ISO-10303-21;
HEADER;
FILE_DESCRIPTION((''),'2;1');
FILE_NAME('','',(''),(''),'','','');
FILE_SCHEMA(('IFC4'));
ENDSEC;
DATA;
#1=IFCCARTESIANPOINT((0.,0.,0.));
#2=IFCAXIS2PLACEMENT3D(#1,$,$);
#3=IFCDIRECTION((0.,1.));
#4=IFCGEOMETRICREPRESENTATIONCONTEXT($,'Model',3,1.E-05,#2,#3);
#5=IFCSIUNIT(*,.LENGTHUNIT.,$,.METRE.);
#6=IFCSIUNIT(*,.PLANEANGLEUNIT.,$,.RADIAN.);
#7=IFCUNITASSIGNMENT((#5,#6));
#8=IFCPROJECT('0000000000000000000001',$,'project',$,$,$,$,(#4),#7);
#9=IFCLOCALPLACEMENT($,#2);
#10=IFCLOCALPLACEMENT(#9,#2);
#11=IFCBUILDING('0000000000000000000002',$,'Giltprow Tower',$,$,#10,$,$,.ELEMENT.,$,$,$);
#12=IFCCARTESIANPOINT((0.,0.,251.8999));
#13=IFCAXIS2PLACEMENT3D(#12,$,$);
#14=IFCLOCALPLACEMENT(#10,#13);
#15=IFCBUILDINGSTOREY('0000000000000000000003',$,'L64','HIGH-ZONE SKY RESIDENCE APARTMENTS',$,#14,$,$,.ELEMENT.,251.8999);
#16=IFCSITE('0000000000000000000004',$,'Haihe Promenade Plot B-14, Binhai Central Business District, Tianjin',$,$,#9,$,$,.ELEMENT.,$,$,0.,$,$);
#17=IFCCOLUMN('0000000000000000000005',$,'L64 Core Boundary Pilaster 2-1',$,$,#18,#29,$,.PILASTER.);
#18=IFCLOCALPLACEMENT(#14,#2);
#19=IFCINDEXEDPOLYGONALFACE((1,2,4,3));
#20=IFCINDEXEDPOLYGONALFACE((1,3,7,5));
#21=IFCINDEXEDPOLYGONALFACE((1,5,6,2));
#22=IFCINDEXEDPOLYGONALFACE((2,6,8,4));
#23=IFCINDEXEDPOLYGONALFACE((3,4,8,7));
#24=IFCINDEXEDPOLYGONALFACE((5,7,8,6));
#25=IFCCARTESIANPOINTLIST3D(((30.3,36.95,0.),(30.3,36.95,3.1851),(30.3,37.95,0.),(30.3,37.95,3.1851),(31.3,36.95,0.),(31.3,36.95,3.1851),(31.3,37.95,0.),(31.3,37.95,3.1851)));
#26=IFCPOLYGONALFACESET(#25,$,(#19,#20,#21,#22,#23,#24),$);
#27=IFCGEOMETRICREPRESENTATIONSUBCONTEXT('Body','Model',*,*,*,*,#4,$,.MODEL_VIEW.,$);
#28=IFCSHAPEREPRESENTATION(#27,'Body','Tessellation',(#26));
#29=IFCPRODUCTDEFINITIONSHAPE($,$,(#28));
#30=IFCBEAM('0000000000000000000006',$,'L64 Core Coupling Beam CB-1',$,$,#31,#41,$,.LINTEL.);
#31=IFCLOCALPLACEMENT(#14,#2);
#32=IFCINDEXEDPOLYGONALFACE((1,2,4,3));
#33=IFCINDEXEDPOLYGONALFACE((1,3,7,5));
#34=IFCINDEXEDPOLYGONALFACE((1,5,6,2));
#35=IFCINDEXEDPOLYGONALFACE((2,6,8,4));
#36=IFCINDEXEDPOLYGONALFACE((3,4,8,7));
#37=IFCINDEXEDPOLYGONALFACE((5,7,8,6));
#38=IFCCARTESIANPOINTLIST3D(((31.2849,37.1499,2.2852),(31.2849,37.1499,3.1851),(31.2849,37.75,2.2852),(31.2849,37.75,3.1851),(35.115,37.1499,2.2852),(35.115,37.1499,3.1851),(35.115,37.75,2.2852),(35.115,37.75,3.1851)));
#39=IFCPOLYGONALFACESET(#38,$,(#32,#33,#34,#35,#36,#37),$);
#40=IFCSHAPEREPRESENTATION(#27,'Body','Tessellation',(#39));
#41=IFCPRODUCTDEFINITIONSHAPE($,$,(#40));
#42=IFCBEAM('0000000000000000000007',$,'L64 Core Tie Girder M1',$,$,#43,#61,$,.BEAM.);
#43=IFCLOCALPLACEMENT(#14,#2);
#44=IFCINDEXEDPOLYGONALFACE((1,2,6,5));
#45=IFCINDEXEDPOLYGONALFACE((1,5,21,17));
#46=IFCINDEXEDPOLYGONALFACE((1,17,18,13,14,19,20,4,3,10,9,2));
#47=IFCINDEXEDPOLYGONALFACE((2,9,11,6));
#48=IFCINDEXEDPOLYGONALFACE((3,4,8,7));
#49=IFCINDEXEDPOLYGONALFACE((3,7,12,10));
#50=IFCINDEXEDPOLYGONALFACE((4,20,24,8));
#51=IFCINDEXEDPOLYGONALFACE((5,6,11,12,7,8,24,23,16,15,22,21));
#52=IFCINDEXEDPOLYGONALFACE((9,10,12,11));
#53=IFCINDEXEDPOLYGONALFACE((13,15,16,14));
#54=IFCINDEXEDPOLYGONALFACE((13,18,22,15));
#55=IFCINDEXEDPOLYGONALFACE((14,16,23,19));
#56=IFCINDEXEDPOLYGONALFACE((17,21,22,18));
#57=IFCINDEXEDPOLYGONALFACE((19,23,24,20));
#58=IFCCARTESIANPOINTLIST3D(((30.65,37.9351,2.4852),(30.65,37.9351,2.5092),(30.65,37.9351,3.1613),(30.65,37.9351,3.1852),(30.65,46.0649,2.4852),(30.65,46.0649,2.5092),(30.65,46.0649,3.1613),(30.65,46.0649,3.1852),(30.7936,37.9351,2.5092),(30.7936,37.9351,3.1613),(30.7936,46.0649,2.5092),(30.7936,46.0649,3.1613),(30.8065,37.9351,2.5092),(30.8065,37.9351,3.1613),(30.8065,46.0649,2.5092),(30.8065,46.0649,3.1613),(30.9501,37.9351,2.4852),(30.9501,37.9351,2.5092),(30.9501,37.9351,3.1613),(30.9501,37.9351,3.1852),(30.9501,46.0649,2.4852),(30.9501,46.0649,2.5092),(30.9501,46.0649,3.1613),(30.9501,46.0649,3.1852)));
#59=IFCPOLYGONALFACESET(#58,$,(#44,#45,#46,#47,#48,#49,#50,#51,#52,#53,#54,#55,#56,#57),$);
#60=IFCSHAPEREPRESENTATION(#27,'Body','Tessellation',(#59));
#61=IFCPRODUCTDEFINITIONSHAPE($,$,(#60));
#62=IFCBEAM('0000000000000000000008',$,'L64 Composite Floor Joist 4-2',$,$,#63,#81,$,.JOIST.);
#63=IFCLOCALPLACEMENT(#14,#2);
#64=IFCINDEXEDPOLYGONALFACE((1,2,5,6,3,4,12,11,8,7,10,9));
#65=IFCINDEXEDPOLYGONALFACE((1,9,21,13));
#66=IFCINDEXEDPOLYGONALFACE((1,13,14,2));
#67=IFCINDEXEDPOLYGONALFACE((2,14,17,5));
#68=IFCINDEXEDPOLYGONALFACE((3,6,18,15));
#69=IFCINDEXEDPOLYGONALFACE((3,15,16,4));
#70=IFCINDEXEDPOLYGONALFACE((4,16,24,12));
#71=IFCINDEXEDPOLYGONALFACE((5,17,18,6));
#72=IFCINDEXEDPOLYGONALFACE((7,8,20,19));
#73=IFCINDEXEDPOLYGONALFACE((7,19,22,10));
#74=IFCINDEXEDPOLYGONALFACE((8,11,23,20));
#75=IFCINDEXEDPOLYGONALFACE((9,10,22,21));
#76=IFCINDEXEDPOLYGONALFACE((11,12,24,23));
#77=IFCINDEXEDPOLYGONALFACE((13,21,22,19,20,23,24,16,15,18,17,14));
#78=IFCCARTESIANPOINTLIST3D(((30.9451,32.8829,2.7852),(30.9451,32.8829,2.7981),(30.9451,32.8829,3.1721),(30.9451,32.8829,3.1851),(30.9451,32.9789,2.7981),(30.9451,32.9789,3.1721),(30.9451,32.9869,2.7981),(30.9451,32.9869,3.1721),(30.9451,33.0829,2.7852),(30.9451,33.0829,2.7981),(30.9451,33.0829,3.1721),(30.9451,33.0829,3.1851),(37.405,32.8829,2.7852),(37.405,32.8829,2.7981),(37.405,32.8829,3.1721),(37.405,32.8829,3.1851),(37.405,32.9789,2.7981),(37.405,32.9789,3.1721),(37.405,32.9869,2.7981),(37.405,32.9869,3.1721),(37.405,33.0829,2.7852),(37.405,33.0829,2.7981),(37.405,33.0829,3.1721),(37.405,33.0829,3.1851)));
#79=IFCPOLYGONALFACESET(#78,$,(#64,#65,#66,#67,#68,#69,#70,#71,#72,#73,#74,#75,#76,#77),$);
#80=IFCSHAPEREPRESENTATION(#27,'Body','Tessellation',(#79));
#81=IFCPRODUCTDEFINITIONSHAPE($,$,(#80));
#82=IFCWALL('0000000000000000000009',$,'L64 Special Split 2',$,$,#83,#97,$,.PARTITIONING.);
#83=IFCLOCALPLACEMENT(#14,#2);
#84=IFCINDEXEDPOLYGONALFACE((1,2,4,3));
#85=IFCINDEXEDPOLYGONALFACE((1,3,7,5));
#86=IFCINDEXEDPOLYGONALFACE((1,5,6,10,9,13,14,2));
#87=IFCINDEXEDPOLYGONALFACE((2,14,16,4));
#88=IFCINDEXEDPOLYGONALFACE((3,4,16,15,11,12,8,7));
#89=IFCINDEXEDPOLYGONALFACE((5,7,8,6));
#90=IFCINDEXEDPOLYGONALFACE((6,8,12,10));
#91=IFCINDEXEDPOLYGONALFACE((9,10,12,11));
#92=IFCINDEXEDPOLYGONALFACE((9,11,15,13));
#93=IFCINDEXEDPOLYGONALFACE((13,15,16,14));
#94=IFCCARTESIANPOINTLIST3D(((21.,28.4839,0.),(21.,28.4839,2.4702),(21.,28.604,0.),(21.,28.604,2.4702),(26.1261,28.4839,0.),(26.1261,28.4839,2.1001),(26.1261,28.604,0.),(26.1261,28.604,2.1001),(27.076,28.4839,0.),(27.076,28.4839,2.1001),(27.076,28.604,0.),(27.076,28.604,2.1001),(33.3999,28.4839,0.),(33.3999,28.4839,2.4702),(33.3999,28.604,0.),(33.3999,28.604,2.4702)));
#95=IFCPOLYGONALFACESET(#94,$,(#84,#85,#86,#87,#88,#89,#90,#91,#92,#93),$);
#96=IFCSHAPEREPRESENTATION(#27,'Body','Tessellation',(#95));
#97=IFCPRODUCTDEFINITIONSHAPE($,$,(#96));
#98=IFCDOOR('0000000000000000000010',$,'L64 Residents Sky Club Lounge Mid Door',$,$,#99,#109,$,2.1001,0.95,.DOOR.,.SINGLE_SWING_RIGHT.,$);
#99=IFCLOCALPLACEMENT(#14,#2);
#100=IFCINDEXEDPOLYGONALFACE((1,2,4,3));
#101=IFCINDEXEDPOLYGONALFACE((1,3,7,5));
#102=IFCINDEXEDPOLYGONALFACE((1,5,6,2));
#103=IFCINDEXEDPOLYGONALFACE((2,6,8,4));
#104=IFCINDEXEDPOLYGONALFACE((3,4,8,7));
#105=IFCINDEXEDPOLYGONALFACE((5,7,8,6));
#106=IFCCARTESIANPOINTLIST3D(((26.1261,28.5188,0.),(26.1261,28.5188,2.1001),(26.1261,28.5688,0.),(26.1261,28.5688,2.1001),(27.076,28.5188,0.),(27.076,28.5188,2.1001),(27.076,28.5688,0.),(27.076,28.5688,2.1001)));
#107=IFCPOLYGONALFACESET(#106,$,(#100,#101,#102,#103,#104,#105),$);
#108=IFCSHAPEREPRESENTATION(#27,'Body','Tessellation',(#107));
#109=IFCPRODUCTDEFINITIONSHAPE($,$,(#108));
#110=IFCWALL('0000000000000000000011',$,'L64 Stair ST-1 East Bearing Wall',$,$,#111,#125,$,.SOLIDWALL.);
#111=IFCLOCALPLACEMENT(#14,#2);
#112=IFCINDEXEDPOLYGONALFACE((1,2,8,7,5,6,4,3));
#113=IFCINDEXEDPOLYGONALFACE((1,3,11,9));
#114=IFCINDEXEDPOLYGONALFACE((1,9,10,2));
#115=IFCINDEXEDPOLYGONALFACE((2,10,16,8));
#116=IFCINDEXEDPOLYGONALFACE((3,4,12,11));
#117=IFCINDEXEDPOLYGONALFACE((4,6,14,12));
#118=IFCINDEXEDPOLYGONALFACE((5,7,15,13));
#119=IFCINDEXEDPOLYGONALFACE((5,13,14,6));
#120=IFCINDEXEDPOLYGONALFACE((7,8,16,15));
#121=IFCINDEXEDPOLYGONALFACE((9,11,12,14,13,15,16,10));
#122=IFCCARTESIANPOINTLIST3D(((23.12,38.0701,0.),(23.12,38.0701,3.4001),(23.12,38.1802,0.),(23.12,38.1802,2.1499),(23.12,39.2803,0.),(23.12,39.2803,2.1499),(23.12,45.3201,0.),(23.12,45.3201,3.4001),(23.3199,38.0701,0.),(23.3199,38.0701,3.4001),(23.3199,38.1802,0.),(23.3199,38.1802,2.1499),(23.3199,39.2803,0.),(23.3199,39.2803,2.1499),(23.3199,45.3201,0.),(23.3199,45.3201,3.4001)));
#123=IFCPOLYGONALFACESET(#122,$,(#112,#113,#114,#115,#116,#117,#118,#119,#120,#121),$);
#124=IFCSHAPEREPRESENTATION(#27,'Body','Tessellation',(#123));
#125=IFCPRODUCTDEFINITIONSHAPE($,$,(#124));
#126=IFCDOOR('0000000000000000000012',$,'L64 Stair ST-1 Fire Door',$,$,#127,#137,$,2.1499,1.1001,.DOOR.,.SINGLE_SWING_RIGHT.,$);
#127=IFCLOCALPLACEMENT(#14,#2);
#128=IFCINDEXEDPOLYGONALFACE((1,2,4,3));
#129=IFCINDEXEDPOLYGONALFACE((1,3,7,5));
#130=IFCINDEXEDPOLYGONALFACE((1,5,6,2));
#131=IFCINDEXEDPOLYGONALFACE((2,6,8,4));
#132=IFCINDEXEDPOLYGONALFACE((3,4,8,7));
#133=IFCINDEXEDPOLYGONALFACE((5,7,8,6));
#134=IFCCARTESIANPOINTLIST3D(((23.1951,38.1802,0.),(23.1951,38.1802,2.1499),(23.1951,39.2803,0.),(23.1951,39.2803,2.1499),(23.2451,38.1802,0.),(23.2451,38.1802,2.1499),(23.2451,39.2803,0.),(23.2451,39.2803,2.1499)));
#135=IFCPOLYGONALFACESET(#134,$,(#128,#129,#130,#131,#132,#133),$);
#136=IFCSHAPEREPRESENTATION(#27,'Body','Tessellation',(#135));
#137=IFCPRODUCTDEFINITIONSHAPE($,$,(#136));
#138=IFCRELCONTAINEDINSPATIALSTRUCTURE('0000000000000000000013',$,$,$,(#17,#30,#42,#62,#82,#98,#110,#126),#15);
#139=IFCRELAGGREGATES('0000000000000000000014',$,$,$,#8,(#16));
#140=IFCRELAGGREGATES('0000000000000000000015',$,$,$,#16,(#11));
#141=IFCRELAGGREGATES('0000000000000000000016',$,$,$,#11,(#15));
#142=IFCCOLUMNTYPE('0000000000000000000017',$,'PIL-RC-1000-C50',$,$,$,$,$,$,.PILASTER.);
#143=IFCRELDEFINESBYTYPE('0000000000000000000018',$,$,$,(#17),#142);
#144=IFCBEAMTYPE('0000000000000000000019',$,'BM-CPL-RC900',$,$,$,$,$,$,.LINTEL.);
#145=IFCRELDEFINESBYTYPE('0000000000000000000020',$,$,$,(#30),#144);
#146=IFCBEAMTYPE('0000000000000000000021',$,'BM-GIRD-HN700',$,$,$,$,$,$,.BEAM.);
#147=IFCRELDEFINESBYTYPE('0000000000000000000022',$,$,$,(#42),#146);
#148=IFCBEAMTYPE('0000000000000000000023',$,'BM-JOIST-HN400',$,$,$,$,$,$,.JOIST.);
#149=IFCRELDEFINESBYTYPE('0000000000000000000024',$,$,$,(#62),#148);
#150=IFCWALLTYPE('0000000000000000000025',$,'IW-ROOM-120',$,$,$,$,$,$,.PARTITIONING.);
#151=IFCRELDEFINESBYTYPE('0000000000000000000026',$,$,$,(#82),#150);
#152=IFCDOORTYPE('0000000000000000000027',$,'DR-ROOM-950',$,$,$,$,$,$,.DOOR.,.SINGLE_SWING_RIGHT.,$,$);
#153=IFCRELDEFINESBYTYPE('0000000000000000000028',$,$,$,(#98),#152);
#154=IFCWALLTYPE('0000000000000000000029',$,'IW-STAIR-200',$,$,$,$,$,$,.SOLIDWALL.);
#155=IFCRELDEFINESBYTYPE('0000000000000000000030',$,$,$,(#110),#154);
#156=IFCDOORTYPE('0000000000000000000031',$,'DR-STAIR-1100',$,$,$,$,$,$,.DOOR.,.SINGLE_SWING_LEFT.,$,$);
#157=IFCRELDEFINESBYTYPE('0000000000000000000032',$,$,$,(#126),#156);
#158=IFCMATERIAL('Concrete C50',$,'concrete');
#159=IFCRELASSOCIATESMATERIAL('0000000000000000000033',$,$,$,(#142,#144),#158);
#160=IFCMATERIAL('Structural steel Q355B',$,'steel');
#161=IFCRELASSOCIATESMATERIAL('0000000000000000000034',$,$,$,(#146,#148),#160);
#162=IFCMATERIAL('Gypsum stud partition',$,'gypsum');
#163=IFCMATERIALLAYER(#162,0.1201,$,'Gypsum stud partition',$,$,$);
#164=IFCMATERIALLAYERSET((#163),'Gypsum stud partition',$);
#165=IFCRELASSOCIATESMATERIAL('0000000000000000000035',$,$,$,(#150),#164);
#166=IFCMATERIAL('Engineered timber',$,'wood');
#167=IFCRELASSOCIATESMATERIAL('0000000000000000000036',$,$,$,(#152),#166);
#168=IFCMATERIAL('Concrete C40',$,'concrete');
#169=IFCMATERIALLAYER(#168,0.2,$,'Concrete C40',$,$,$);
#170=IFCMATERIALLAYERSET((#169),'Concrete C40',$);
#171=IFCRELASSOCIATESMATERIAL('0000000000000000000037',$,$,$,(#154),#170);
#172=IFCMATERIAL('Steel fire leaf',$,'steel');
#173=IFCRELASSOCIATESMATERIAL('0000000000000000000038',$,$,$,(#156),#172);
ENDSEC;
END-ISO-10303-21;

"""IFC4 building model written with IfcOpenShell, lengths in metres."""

from ifc_helpers import new_model, si_unit, direction, frame, frame_2d, origin, origin_2d, place, context, subcontext, project, spatial, rectangle, i_section, extrude, source, transform, mapped, material, layer, layer_set, material_profile, profile_set, type_object, element, fill, save


model = new_model("IFC4")

# Units and contexts
model_context = context("Model", 3, precision=1e-05, world=origin(), true_north=direction((0.0, 1.0)))
body_context = subcontext(model_context, "Body", "Model", "MODEL_VIEW")
ifc_project = project(units=[si_unit("LENGTHUNIT", "METRE"), si_unit("PLANEANGLEUNIT", "RADIAN")], contexts=[model_context])

# Site, building, storey
site_placement = place(None, origin())
site = spatial("IfcSite", under=ifc_project, at=site_placement, Name="Haihe Promenade Plot B-14, Binhai Central Business District, Tianjin", CompositionType="ELEMENT", RefElevation=0.0)
building_placement = place(site_placement, origin())
building = spatial("IfcBuilding", under=site, at=building_placement, Name="Giltprow Tower", CompositionType="ELEMENT")
storey_placement = place(building_placement, frame((0.0, 0.0, 251.8999)))
storey = spatial("IfcBuildingStorey", under=building, at=storey_placement, Name="L64", Description="HIGH-ZONE SKY RESIDENCE APARTMENTS", CompositionType="ELEMENT", Elevation=251.8999)

# Column
ifc_material_1 = material(Name="Concrete C50", Category="concrete")
ifc_material_profile_1 = material_profile(ifc_material_1, rectangle(XDim=1.0, YDim=1.0, at=origin_2d()), Name="RC 1000x1000")
ifc_profile_set_1 = profile_set([ifc_material_profile_1], Name="Concrete C50")
column_type = type_object("IfcColumnType", Name="PIL-RC-1000-C50", PredefinedType="PILASTER", material=ifc_profile_set_1)
shared_shape_1 = source(origin(), body_context, "Body", "SweptSolid", [
    extrude(rectangle(XDim=1.0, YDim=1.0, at=origin_2d()), origin(), (0.0, 0.0, 1.0), 3.1851),
])
column_placement = place(storey_placement, frame((30.8, 37.45, 0.0), z_axis=(0.0, 0.0, 1.0), x_axis=(1.0, 0.0, 0.0)))
element("IfcColumn", 1, at=column_placement, inside=storey, type_object=column_type, Name="L64 Core Boundary Pilaster 2-1", PredefinedType="PILASTER", context=body_context, shape_type="MappedRepresentation", body=[
    mapped(shared_shape_1, transform((0.0, 0.0, 0.0), x_axis=(1.0, 0.0, 0.0), y_axis=(0.0, 1.0, 0.0), z_axis=(0.0, 0.0, 1.0), scale=1.0)),
])

# Beams
ifc_material_profile_2 = material_profile(ifc_material_1, rectangle(XDim=0.6001, YDim=0.8999, at=origin_2d()), Name="RC 900x600")
ifc_profile_set_2 = profile_set([ifc_material_profile_2], Name="Concrete C50")
beam_type_1 = type_object("IfcBeamType", Name="BM-CPL-RC900", PredefinedType="LINTEL", material=ifc_profile_set_2)
shared_shape_2 = source(origin(), body_context, "Body", "SweptSolid", [
    extrude(rectangle(XDim=0.6001, YDim=0.8999, at=origin_2d()), origin(), (0.0, 0.0, 1.0), 3.8301),
])
beam_1_placement = place(storey_placement, frame((31.2849, 37.45, 2.7351), z_axis=(1.0, 0.0, 0.0), x_axis=(0.0, 1.0, 0.0)))
element("IfcBeam", 2, at=beam_1_placement, inside=storey, type_object=beam_type_1, Name="L64 Core Coupling Beam CB-1", PredefinedType="LINTEL", context=body_context, shape_type="MappedRepresentation", body=[
    mapped(shared_shape_2, transform((0.0, 0.0, 0.0), x_axis=(1.0, 0.0, 0.0), y_axis=(0.0, 1.0, 0.0), z_axis=(0.0, 0.0, 1.0), scale=1.0)),
])
ifc_material_2 = material(Name="Structural steel Q355B", Category="steel")
ifc_material_profile_3 = material_profile(ifc_material_2, i_section(OverallWidth=0.3, OverallDepth=0.7, WebThickness=0.0129, FlangeThickness=0.0239, at=origin_2d()), Name="HN 700x300x13x24")
ifc_profile_set_3 = profile_set([ifc_material_profile_3], Name="Structural steel Q355B")
beam_type_2 = type_object("IfcBeamType", Name="BM-GIRD-HN700", PredefinedType="BEAM", material=ifc_profile_set_3)
shared_shape_3 = source(origin(), body_context, "Body", "SweptSolid", [
    extrude(i_section(OverallWidth=0.3, OverallDepth=0.7, WebThickness=0.0129, FlangeThickness=0.0239, at=origin_2d()), origin(), (0.0, 0.0, 1.0), 8.1299),
])
beam_2_placement = place(storey_placement, frame((30.8, 37.9351, 2.8352), z_axis=(0.0, 1.0, 0.0), x_axis=(-1.0, 0.0, 0.0)))
element("IfcBeam", 3, at=beam_2_placement, inside=storey, type_object=beam_type_2, Name="L64 Core Tie Girder M1", PredefinedType="BEAM", context=body_context, shape_type="MappedRepresentation", body=[
    mapped(shared_shape_3, transform((0.0, 0.0, 0.0), x_axis=(1.0, 0.0, 0.0), y_axis=(0.0, 1.0, 0.0), z_axis=(0.0, 0.0, 1.0), scale=1.0)),
])
ifc_material_profile_4 = material_profile(ifc_material_2, i_section(OverallWidth=0.2, OverallDepth=0.3999, WebThickness=0.0081, FlangeThickness=0.0129, at=origin_2d()), Name="HN 400x200x8x13")
ifc_profile_set_4 = profile_set([ifc_material_profile_4], Name="Structural steel Q355B")
beam_type_3 = type_object("IfcBeamType", Name="BM-JOIST-HN400", PredefinedType="JOIST", material=ifc_profile_set_4)
shared_shape_4 = source(origin(), body_context, "Body", "SweptSolid", [
    extrude(i_section(OverallWidth=0.2, OverallDepth=0.3999, WebThickness=0.0081, FlangeThickness=0.0129, at=origin_2d()), origin(), (0.0, 0.0, 1.0), 6.46),
])
beam_3_placement = place(storey_placement, frame((30.9451, 32.9829, 2.9851), z_axis=(1.0, 0.0, 0.0), x_axis=(0.0, 1.0, 0.0)))
element("IfcBeam", 4, at=beam_3_placement, inside=storey, type_object=beam_type_3, Name="L64 Composite Floor Joist 4-2", PredefinedType="JOIST", context=body_context, shape_type="MappedRepresentation", body=[
    mapped(shared_shape_4, transform((0.0, 0.0, 0.0), x_axis=(1.0, 0.0, 0.0), y_axis=(0.0, 1.0, 0.0), z_axis=(0.0, 0.0, 1.0), scale=1.0)),
])

# Walls, openings, doors
ifc_material_3 = material(Name="Gypsum stud partition", Category="gypsum")
ifc_layer_1 = layer(ifc_material_3, 0.1201, Name="Gypsum stud partition")
ifc_layer_set_1 = layer_set([ifc_layer_1], Name="Gypsum stud partition")
wall_type_1 = type_object("IfcWallType", Name="IW-ROOM-120", PredefinedType="PARTITIONING", material=ifc_layer_set_1)
wall_1_placement = place(storey_placement, frame((21.0, 28.5439, 0.0), z_axis=(0.0, 0.0, 1.0), x_axis=(1.0, 0.0, 0.0)))
wall_1 = element("IfcWall", 5, at=wall_1_placement, inside=storey, type_object=wall_type_1, Name="L64 Special Split 2", PredefinedType="PARTITIONING", context=body_context, shape_type="SweptSolid", body=[
    extrude(rectangle(XDim=12.3999, YDim=0.1201, at=frame_2d((6.2, 0.0))), origin(), (0.0, 0.0, 1.0), 2.4702),
])
opening_1_placement = place(wall_1_placement, frame((5.126, 0.0, 0.0)))
opening_1 = element("IfcOpeningElement", 6, at=opening_1_placement, cuts=wall_1, PredefinedType="OPENING", context=body_context, shape_type="SweptSolid", body=[
    extrude(rectangle(XDim=0.95, YDim=2.1001, at=frame_2d((0.4751, 1.05))), frame((0.0, 0.0701, 0.0), z_axis=(0.0, -1.0, 0.0), x_axis=(1.0, 0.0, 0.0)), (0.0, 0.0, 1.0), 0.1401),
])
ifc_material_4 = material(Name="Engineered timber", Category="wood")
door_type_1 = type_object("IfcDoorType", Name="DR-ROOM-950", OperationType="SINGLE_SWING_RIGHT", PredefinedType="DOOR", material=ifc_material_4)
shared_shape_5 = source(origin(), body_context, "Body", "SweptSolid", [
    extrude(rectangle(XDim=0.95, YDim=2.1001, at=frame_2d((0.4751, 1.05))), frame((0.0, 0.0249, 0.0), z_axis=(0.0, -1.0, 0.0), x_axis=(1.0, 0.0, 0.0)), (0.0, 0.0, 1.0), 0.05),
])
door_1_placement = place(opening_1_placement, origin())
door_1 = element("IfcDoor", 7, at=door_1_placement, inside=storey, type_object=door_type_1, Name="L64 Residents Sky Club Lounge Mid Door", OperationType="SINGLE_SWING_RIGHT", OverallHeight=2.1001, OverallWidth=0.95, PredefinedType="DOOR", context=body_context, shape_type="MappedRepresentation", body=[
    mapped(shared_shape_5, transform((0.0, 0.0, 0.0), x_axis=(1.0, 0.0, 0.0), y_axis=(0.0, 1.0, 0.0), z_axis=(0.0, 0.0, 1.0), scale=1.0)),
])
fill(opening_1, door_1)
ifc_material_5 = material(Name="Concrete C40", Category="concrete")
ifc_layer_2 = layer(ifc_material_5, 0.2, Name="Concrete C40")
ifc_layer_set_2 = layer_set([ifc_layer_2], Name="Concrete C40")
wall_type_2 = type_object("IfcWallType", Name="IW-STAIR-200", PredefinedType="SOLIDWALL", material=ifc_layer_set_2)
wall_2_placement = place(storey_placement, frame((23.22, 38.0701, 0.0), z_axis=(0.0, 0.0, 1.0), x_axis=(0.0, 1.0, 0.0)))
wall_2 = element("IfcWall", 8, at=wall_2_placement, inside=storey, type_object=wall_type_2, Name="L64 Stair ST-1 East Bearing Wall", PredefinedType="SOLIDWALL", context=body_context, shape_type="SweptSolid", body=[
    extrude(rectangle(XDim=7.25, YDim=0.2, at=frame_2d((3.625, 0.0))), origin(), (0.0, 0.0, 1.0), 3.4001),
])
opening_2_placement = place(wall_2_placement, frame((0.1101, 0.0, 0.0)))
opening_2 = element("IfcOpeningElement", 9, at=opening_2_placement, cuts=wall_2, PredefinedType="OPENING", context=body_context, shape_type="SweptSolid", body=[
    extrude(rectangle(XDim=1.1001, YDim=2.1499, at=frame_2d((0.55, 1.075))), frame((0.0, 0.1099, 0.0), z_axis=(0.0, -1.0, 0.0), x_axis=(1.0, 0.0, 0.0)), (0.0, 0.0, 1.0), 0.22),
])
ifc_material_6 = material(Name="Steel fire leaf", Category="steel")
door_type_2 = type_object("IfcDoorType", Name="DR-STAIR-1100", OperationType="SINGLE_SWING_LEFT", PredefinedType="DOOR", material=ifc_material_6)
shared_shape_6 = source(origin(), body_context, "Body", "SweptSolid", [
    extrude(rectangle(XDim=1.1001, YDim=2.1499, at=frame_2d((0.55, 1.075))), frame((0.0, 0.0249, 0.0), z_axis=(0.0, -1.0, 0.0), x_axis=(1.0, 0.0, 0.0)), (0.0, 0.0, 1.0), 0.05),
])
door_2_placement = place(opening_2_placement, origin())
door_2 = element("IfcDoor", 10, at=door_2_placement, inside=storey, type_object=door_type_2, Name="L64 Stair ST-1 Fire Door", OperationType="SINGLE_SWING_RIGHT", OverallHeight=2.1499, OverallWidth=1.1001, PredefinedType="DOOR", context=body_context, shape_type="MappedRepresentation", body=[
    mapped(shared_shape_6, transform((0.0, 0.0, 0.0), x_axis=(1.0, 0.0, 0.0), y_axis=(0.0, 1.0, 0.0), z_axis=(0.0, 0.0, 1.0), scale=1.0)),
])
fill(opening_2, door_2)

save(model, "model.ifc")
